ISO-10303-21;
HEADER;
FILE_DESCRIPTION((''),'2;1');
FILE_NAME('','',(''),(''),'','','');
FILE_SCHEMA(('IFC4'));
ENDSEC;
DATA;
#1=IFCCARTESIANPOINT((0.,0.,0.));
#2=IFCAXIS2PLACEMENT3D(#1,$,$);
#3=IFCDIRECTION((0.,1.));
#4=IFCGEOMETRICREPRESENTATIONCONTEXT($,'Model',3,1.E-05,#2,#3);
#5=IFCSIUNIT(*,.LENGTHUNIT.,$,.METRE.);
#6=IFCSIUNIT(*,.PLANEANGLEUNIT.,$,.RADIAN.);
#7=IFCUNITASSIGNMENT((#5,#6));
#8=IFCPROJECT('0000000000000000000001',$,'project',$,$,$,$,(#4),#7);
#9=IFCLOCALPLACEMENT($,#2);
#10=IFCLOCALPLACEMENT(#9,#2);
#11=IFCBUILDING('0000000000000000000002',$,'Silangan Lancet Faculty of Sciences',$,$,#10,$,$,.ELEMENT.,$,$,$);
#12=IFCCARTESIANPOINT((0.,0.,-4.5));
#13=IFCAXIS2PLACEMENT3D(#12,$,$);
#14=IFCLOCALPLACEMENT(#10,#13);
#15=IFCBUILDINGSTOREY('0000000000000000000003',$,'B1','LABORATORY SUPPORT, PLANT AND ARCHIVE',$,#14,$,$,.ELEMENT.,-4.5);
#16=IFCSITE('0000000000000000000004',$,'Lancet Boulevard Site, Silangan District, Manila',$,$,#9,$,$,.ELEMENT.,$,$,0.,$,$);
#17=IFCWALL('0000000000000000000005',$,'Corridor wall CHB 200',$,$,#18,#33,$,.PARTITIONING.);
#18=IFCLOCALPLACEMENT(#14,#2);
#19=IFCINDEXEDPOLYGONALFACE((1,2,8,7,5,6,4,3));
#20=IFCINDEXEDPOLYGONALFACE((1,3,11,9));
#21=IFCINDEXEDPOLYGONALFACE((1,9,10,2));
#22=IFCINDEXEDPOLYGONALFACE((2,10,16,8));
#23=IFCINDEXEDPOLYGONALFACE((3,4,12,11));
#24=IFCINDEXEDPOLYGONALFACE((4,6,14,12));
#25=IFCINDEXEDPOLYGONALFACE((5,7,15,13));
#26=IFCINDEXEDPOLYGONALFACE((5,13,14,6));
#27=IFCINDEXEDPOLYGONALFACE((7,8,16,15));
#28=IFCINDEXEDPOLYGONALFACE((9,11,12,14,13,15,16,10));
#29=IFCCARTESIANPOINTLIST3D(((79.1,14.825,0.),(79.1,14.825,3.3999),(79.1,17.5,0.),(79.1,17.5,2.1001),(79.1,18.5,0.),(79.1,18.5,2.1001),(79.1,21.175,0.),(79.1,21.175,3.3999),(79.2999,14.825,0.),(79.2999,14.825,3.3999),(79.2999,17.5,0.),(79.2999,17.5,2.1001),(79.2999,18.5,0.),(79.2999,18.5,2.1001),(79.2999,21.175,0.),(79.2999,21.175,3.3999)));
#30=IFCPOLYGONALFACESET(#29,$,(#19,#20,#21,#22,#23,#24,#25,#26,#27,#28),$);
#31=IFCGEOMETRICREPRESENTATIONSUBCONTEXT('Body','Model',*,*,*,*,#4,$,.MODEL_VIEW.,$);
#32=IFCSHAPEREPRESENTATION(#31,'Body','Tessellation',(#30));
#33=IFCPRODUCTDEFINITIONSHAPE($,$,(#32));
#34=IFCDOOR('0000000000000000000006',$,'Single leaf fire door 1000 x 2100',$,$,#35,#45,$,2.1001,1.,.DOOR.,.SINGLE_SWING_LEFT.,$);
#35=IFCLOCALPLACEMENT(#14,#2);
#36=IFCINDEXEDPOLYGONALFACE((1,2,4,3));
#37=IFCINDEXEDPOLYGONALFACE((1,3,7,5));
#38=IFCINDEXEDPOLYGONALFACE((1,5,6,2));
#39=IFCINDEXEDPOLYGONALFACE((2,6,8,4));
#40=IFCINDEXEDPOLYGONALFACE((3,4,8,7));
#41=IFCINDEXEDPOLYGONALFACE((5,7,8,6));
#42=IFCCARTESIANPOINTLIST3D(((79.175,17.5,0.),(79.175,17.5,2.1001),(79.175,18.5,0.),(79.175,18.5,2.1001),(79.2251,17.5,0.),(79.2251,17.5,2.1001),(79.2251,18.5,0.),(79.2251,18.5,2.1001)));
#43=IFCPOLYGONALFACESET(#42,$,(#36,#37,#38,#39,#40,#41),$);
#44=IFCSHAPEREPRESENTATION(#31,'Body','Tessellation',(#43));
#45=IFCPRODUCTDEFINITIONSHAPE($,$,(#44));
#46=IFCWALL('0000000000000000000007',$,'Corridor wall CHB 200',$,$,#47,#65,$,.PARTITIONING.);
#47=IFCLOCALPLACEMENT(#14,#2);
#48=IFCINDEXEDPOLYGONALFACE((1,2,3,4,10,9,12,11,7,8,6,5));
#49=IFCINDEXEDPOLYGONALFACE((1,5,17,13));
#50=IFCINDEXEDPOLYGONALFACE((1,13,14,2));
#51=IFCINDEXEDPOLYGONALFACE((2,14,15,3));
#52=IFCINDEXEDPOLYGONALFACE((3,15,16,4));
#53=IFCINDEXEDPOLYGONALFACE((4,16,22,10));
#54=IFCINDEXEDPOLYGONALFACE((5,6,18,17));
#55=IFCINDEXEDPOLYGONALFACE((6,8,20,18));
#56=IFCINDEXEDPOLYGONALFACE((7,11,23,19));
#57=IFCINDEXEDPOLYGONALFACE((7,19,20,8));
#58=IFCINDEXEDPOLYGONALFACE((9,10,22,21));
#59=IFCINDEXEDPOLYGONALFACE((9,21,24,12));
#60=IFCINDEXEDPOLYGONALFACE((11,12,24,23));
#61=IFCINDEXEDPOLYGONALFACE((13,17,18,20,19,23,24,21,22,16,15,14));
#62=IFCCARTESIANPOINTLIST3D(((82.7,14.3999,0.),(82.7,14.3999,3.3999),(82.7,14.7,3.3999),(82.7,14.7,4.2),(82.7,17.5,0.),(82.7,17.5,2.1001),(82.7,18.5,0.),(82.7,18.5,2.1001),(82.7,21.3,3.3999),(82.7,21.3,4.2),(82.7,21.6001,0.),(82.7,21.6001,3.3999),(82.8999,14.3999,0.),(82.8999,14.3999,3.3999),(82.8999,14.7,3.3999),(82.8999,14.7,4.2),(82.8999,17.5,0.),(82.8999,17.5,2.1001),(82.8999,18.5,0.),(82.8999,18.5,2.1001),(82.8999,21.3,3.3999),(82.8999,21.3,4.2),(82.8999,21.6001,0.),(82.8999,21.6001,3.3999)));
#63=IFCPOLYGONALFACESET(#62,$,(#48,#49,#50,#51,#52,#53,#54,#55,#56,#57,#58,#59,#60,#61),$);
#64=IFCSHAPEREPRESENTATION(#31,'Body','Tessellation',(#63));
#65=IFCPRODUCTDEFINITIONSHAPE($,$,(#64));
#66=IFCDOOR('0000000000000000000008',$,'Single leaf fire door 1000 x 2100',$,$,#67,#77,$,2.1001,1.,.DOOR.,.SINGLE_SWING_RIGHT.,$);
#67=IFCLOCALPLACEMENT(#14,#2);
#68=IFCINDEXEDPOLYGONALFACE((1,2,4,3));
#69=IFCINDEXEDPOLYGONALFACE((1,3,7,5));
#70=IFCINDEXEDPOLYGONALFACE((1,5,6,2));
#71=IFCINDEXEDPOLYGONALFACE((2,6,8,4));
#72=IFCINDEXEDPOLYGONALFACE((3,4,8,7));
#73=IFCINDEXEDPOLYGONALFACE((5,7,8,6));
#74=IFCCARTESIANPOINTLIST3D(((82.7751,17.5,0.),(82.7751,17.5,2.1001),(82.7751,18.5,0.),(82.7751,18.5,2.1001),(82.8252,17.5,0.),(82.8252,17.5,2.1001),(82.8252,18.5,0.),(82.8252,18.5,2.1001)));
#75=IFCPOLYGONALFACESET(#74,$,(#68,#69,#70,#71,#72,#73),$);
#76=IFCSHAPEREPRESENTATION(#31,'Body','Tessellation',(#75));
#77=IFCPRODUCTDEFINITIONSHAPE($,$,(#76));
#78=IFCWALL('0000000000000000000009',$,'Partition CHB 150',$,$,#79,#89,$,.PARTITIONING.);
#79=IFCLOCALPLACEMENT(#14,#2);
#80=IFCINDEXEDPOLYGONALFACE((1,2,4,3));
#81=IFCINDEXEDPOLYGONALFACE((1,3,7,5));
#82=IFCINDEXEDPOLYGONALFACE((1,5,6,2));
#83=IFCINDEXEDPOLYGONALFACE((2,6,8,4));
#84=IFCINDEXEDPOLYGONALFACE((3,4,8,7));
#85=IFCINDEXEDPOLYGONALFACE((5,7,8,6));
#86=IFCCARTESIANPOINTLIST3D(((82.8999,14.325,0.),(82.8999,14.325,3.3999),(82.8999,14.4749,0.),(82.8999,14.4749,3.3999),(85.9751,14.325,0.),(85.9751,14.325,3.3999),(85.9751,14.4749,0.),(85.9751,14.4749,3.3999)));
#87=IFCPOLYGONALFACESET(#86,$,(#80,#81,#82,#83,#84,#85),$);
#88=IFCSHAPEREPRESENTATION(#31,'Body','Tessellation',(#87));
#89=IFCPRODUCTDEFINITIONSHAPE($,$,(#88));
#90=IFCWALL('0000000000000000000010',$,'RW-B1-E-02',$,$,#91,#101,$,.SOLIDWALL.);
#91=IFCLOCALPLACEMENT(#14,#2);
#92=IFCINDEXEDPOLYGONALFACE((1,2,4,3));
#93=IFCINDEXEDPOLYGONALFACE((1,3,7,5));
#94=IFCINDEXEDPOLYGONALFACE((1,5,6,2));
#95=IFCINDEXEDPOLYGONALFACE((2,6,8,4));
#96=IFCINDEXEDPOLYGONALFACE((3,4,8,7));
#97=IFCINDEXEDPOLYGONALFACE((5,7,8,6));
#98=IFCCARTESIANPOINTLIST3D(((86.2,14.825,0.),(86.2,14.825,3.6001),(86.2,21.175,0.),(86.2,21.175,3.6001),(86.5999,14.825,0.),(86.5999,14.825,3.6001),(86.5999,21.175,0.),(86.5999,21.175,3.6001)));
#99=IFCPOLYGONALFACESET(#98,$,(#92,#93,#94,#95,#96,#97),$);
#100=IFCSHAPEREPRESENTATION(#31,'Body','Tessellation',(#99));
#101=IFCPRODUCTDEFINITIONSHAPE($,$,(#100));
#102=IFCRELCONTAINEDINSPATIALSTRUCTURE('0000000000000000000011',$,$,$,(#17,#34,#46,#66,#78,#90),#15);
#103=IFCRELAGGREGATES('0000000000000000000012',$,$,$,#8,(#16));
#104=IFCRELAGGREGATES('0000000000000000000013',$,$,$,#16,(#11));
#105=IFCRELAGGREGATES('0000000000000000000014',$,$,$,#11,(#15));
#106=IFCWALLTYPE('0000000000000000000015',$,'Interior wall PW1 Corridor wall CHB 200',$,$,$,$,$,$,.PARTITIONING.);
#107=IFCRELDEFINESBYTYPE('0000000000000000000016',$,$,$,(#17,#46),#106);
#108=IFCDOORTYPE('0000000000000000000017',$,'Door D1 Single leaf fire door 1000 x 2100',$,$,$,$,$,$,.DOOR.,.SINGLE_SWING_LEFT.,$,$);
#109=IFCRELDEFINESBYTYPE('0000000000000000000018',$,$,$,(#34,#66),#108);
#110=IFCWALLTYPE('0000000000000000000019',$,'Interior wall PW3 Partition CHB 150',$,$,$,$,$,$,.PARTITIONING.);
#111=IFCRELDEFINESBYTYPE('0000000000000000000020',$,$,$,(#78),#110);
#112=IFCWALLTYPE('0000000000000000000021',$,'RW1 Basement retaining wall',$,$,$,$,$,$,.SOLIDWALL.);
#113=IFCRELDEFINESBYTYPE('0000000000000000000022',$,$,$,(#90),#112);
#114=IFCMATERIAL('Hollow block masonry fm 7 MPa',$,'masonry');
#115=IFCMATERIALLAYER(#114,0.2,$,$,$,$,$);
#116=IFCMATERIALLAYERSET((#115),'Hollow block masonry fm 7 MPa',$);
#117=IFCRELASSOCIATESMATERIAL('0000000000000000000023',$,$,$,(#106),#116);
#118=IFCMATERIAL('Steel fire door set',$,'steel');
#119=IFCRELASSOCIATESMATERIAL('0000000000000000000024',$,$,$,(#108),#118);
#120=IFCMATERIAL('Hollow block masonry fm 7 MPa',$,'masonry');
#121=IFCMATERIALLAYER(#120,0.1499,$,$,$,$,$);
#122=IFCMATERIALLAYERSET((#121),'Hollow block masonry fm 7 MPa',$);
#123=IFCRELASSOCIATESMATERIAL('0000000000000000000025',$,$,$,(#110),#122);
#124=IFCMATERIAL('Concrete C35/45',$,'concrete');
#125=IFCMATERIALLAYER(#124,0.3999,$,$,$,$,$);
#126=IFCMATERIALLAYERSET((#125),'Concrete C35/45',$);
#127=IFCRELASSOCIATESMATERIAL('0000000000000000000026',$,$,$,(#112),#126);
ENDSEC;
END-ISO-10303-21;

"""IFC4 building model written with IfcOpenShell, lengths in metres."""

from ifc_helpers import new_model, si_unit, direction, frame, frame_2d, origin, place, context, subcontext, project, spatial, polyline, rectangle, outline, extrude, material, layer, layer_set, type_object, element, fill, save


model = new_model("IFC4")

# Units and contexts
model_context = context("Model", 3, precision=1e-05, world=origin(), true_north=direction((0.0, 1.0)))
body_context = subcontext(model_context, "Body", "Model", "MODEL_VIEW")
ifc_project = project(units=[si_unit("LENGTHUNIT", "METRE"), si_unit("PLANEANGLEUNIT", "RADIAN")], contexts=[model_context])

# Site, building, storey
site_placement = place(None, origin())
site = spatial("IfcSite", under=ifc_project, at=site_placement, Name="Lancet Boulevard Site, Silangan District, Manila", CompositionType="ELEMENT", RefElevation=0.0)
building_placement = place(site_placement, origin())
building = spatial("IfcBuilding", under=site, at=building_placement, Name="Silangan Lancet Faculty of Sciences", CompositionType="ELEMENT")
storey_placement = place(building_placement, frame((0.0, 0.0, -4.5)))
storey = spatial("IfcBuildingStorey", under=building, at=storey_placement, Name="B1", Description="LABORATORY SUPPORT, PLANT AND ARCHIVE", CompositionType="ELEMENT", Elevation=-4.5)

# Walls, openings, doors
ifc_material_1 = material(Name="Hollow block masonry fm 7 MPa", Category="masonry")
ifc_layer_1 = layer(ifc_material_1, 0.2)
ifc_layer_set_1 = layer_set([ifc_layer_1], Name="Hollow block masonry fm 7 MPa")
wall_type_1 = type_object("IfcWallType", Name="Interior wall PW1 Corridor wall CHB 200", PredefinedType="PARTITIONING", material=ifc_layer_set_1)
wall_1_placement = place(storey_placement, frame((79.2, 14.825, 0.0), z_axis=(0.0, 0.0, 1.0), x_axis=(0.0, 1.0, 0.0)))
wall_1 = element("IfcWall", 1, at=wall_1_placement, inside=storey, type_object=wall_type_1, Name="Corridor wall CHB 200", PredefinedType="PARTITIONING", context=body_context, shape_type="SweptSolid", body=[
    extrude(rectangle(XDim=6.3501, YDim=0.2, at=frame_2d((3.175, 0.0))), origin(), (0.0, 0.0, 1.0), 3.3999),
])
opening_1_placement = place(wall_1_placement, frame((2.675, 0.0, 0.0)))
opening_1 = element("IfcOpeningElement", 2, at=opening_1_placement, cuts=wall_1, PredefinedType="OPENING", context=body_context, shape_type="SweptSolid", body=[
    extrude(rectangle(XDim=1.0, YDim=2.1001, at=frame_2d((0.5, 1.05))), frame((0.0, 0.1099, 0.0), z_axis=(0.0, -1.0, 0.0), x_axis=(1.0, 0.0, 0.0)), (0.0, 0.0, 1.0), 0.22),
])
ifc_material_2 = material(Name="Steel fire door set", Category="steel")
door_type = type_object("IfcDoorType", Name="Door D1 Single leaf fire door 1000 x 2100", OperationType="SINGLE_SWING_LEFT", PredefinedType="DOOR", material=ifc_material_2)
door_1_placement = place(opening_1_placement, origin())
door_1 = element("IfcDoor", 3, at=door_1_placement, inside=storey, type_object=door_type, Name="Single leaf fire door 1000 x 2100", OperationType="SINGLE_SWING_LEFT", OverallHeight=2.1001, OverallWidth=1.0, PredefinedType="DOOR", context=body_context, shape_type="SweptSolid", body=[
    extrude(rectangle(XDim=1.0, YDim=2.1001, at=frame_2d((0.5, 1.05))), frame((0.0, 0.0249, 0.0), z_axis=(0.0, -1.0, 0.0), x_axis=(1.0, 0.0, 0.0)), (0.0, 0.0, 1.0), 0.05),
])
fill(opening_1, door_1)
wall_2_placement = place(storey_placement, frame((82.8, 14.3999, 0.0), z_axis=(0.0, 0.0, 1.0), x_axis=(0.0, 1.0, 0.0)))
wall_2 = element("IfcWall", 4, at=wall_2_placement, inside=storey, type_object=wall_type_1, Name="Corridor wall CHB 200", PredefinedType="PARTITIONING", context=body_context, shape_type="SweptSolid", body=[
    extrude(outline(polyline([(0.0, 0.0), (7.2002, 0.0), (7.2002, 3.3999), (6.9001, 3.3999), (6.9001, 4.2), (0.3, 4.2), (0.3, 3.3999), (0.0, 3.3999), (0.0, 0.0)])), frame((0.0, 0.1001, 0.0), z_axis=(0.0, -1.0, 0.0), x_axis=(1.0, 0.0, 0.0)), (0.0, 0.0, 1.0), 0.2),
])
opening_2_placement = place(wall_2_placement, frame((3.1001, 0.0, 0.0)))
opening_2 = element("IfcOpeningElement", 5, at=opening_2_placement, cuts=wall_2, PredefinedType="OPENING", context=body_context, shape_type="SweptSolid", body=[
    extrude(rectangle(XDim=1.0, YDim=2.1001, at=frame_2d((0.5, 1.05))), frame((0.0, 0.1099, 0.0), z_axis=(0.0, -1.0, 0.0), x_axis=(1.0, 0.0, 0.0)), (0.0, 0.0, 1.0), 0.22),
])
door_2_placement = place(opening_2_placement, frame((1.0, 0.0, 0.0), z_axis=(0.0, 0.0, 1.0), x_axis=(-1.0, 0.0, 0.0)))
door_2 = element("IfcDoor", 6, at=door_2_placement, inside=storey, type_object=door_type, Name="Single leaf fire door 1000 x 2100", OperationType="SINGLE_SWING_RIGHT", OverallHeight=2.1001, OverallWidth=1.0, PredefinedType="DOOR", context=body_context, shape_type="SweptSolid", body=[
    extrude(rectangle(XDim=1.0, YDim=2.1001, at=frame_2d((0.5, 1.05))), frame((0.0, 0.0251, 0.0), z_axis=(0.0, -1.0, 0.0), x_axis=(1.0, 0.0, 0.0)), (0.0, 0.0, 1.0), 0.05),
])
fill(opening_2, door_2)

# Walls
ifc_material_3 = material(Name="Hollow block masonry fm 7 MPa", Category="masonry")
ifc_layer_2 = layer(ifc_material_3, 0.1499)
ifc_layer_set_2 = layer_set([ifc_layer_2], Name="Hollow block masonry fm 7 MPa")
wall_type_2 = type_object("IfcWallType", Name="Interior wall PW3 Partition CHB 150", PredefinedType="PARTITIONING", material=ifc_layer_set_2)
wall_3_placement = place(storey_placement, frame((82.8999, 14.3999, 0.0), z_axis=(0.0, 0.0, 1.0), x_axis=(1.0, 0.0, 0.0)))
element("IfcWall", 7, at=wall_3_placement, inside=storey, type_object=wall_type_2, Name="Partition CHB 150", PredefinedType="PARTITIONING", context=body_context, shape_type="SweptSolid", body=[
    extrude(rectangle(XDim=3.0752, YDim=0.1499, at=frame_2d((1.5376, 0.0))), origin(), (0.0, 0.0, 1.0), 3.3999),
])
ifc_material_4 = material(Name="Concrete C35/45", Category="concrete")
ifc_layer_3 = layer(ifc_material_4, 0.3999)
ifc_layer_set_3 = layer_set([ifc_layer_3], Name="Concrete C35/45")
wall_type_3 = type_object("IfcWallType", Name="RW1 Basement retaining wall", PredefinedType="SOLIDWALL", material=ifc_layer_set_3)
wall_4_placement = place(storey_placement, frame((86.3999, 14.825, 0.0), z_axis=(0.0, 0.0, 1.0), x_axis=(0.0, 1.0, 0.0)))
element("IfcWall", 8, at=wall_4_placement, inside=storey, type_object=wall_type_3, Name="RW-B1-E-02", PredefinedType="SOLIDWALL", context=body_context, shape_type="SweptSolid", body=[
    extrude(rectangle(XDim=6.3501, YDim=0.3999, at=frame_2d((3.175, 0.0))), origin(), (0.0, 0.0, 1.0), 3.6001),
])

save(model, "model.ifc")
